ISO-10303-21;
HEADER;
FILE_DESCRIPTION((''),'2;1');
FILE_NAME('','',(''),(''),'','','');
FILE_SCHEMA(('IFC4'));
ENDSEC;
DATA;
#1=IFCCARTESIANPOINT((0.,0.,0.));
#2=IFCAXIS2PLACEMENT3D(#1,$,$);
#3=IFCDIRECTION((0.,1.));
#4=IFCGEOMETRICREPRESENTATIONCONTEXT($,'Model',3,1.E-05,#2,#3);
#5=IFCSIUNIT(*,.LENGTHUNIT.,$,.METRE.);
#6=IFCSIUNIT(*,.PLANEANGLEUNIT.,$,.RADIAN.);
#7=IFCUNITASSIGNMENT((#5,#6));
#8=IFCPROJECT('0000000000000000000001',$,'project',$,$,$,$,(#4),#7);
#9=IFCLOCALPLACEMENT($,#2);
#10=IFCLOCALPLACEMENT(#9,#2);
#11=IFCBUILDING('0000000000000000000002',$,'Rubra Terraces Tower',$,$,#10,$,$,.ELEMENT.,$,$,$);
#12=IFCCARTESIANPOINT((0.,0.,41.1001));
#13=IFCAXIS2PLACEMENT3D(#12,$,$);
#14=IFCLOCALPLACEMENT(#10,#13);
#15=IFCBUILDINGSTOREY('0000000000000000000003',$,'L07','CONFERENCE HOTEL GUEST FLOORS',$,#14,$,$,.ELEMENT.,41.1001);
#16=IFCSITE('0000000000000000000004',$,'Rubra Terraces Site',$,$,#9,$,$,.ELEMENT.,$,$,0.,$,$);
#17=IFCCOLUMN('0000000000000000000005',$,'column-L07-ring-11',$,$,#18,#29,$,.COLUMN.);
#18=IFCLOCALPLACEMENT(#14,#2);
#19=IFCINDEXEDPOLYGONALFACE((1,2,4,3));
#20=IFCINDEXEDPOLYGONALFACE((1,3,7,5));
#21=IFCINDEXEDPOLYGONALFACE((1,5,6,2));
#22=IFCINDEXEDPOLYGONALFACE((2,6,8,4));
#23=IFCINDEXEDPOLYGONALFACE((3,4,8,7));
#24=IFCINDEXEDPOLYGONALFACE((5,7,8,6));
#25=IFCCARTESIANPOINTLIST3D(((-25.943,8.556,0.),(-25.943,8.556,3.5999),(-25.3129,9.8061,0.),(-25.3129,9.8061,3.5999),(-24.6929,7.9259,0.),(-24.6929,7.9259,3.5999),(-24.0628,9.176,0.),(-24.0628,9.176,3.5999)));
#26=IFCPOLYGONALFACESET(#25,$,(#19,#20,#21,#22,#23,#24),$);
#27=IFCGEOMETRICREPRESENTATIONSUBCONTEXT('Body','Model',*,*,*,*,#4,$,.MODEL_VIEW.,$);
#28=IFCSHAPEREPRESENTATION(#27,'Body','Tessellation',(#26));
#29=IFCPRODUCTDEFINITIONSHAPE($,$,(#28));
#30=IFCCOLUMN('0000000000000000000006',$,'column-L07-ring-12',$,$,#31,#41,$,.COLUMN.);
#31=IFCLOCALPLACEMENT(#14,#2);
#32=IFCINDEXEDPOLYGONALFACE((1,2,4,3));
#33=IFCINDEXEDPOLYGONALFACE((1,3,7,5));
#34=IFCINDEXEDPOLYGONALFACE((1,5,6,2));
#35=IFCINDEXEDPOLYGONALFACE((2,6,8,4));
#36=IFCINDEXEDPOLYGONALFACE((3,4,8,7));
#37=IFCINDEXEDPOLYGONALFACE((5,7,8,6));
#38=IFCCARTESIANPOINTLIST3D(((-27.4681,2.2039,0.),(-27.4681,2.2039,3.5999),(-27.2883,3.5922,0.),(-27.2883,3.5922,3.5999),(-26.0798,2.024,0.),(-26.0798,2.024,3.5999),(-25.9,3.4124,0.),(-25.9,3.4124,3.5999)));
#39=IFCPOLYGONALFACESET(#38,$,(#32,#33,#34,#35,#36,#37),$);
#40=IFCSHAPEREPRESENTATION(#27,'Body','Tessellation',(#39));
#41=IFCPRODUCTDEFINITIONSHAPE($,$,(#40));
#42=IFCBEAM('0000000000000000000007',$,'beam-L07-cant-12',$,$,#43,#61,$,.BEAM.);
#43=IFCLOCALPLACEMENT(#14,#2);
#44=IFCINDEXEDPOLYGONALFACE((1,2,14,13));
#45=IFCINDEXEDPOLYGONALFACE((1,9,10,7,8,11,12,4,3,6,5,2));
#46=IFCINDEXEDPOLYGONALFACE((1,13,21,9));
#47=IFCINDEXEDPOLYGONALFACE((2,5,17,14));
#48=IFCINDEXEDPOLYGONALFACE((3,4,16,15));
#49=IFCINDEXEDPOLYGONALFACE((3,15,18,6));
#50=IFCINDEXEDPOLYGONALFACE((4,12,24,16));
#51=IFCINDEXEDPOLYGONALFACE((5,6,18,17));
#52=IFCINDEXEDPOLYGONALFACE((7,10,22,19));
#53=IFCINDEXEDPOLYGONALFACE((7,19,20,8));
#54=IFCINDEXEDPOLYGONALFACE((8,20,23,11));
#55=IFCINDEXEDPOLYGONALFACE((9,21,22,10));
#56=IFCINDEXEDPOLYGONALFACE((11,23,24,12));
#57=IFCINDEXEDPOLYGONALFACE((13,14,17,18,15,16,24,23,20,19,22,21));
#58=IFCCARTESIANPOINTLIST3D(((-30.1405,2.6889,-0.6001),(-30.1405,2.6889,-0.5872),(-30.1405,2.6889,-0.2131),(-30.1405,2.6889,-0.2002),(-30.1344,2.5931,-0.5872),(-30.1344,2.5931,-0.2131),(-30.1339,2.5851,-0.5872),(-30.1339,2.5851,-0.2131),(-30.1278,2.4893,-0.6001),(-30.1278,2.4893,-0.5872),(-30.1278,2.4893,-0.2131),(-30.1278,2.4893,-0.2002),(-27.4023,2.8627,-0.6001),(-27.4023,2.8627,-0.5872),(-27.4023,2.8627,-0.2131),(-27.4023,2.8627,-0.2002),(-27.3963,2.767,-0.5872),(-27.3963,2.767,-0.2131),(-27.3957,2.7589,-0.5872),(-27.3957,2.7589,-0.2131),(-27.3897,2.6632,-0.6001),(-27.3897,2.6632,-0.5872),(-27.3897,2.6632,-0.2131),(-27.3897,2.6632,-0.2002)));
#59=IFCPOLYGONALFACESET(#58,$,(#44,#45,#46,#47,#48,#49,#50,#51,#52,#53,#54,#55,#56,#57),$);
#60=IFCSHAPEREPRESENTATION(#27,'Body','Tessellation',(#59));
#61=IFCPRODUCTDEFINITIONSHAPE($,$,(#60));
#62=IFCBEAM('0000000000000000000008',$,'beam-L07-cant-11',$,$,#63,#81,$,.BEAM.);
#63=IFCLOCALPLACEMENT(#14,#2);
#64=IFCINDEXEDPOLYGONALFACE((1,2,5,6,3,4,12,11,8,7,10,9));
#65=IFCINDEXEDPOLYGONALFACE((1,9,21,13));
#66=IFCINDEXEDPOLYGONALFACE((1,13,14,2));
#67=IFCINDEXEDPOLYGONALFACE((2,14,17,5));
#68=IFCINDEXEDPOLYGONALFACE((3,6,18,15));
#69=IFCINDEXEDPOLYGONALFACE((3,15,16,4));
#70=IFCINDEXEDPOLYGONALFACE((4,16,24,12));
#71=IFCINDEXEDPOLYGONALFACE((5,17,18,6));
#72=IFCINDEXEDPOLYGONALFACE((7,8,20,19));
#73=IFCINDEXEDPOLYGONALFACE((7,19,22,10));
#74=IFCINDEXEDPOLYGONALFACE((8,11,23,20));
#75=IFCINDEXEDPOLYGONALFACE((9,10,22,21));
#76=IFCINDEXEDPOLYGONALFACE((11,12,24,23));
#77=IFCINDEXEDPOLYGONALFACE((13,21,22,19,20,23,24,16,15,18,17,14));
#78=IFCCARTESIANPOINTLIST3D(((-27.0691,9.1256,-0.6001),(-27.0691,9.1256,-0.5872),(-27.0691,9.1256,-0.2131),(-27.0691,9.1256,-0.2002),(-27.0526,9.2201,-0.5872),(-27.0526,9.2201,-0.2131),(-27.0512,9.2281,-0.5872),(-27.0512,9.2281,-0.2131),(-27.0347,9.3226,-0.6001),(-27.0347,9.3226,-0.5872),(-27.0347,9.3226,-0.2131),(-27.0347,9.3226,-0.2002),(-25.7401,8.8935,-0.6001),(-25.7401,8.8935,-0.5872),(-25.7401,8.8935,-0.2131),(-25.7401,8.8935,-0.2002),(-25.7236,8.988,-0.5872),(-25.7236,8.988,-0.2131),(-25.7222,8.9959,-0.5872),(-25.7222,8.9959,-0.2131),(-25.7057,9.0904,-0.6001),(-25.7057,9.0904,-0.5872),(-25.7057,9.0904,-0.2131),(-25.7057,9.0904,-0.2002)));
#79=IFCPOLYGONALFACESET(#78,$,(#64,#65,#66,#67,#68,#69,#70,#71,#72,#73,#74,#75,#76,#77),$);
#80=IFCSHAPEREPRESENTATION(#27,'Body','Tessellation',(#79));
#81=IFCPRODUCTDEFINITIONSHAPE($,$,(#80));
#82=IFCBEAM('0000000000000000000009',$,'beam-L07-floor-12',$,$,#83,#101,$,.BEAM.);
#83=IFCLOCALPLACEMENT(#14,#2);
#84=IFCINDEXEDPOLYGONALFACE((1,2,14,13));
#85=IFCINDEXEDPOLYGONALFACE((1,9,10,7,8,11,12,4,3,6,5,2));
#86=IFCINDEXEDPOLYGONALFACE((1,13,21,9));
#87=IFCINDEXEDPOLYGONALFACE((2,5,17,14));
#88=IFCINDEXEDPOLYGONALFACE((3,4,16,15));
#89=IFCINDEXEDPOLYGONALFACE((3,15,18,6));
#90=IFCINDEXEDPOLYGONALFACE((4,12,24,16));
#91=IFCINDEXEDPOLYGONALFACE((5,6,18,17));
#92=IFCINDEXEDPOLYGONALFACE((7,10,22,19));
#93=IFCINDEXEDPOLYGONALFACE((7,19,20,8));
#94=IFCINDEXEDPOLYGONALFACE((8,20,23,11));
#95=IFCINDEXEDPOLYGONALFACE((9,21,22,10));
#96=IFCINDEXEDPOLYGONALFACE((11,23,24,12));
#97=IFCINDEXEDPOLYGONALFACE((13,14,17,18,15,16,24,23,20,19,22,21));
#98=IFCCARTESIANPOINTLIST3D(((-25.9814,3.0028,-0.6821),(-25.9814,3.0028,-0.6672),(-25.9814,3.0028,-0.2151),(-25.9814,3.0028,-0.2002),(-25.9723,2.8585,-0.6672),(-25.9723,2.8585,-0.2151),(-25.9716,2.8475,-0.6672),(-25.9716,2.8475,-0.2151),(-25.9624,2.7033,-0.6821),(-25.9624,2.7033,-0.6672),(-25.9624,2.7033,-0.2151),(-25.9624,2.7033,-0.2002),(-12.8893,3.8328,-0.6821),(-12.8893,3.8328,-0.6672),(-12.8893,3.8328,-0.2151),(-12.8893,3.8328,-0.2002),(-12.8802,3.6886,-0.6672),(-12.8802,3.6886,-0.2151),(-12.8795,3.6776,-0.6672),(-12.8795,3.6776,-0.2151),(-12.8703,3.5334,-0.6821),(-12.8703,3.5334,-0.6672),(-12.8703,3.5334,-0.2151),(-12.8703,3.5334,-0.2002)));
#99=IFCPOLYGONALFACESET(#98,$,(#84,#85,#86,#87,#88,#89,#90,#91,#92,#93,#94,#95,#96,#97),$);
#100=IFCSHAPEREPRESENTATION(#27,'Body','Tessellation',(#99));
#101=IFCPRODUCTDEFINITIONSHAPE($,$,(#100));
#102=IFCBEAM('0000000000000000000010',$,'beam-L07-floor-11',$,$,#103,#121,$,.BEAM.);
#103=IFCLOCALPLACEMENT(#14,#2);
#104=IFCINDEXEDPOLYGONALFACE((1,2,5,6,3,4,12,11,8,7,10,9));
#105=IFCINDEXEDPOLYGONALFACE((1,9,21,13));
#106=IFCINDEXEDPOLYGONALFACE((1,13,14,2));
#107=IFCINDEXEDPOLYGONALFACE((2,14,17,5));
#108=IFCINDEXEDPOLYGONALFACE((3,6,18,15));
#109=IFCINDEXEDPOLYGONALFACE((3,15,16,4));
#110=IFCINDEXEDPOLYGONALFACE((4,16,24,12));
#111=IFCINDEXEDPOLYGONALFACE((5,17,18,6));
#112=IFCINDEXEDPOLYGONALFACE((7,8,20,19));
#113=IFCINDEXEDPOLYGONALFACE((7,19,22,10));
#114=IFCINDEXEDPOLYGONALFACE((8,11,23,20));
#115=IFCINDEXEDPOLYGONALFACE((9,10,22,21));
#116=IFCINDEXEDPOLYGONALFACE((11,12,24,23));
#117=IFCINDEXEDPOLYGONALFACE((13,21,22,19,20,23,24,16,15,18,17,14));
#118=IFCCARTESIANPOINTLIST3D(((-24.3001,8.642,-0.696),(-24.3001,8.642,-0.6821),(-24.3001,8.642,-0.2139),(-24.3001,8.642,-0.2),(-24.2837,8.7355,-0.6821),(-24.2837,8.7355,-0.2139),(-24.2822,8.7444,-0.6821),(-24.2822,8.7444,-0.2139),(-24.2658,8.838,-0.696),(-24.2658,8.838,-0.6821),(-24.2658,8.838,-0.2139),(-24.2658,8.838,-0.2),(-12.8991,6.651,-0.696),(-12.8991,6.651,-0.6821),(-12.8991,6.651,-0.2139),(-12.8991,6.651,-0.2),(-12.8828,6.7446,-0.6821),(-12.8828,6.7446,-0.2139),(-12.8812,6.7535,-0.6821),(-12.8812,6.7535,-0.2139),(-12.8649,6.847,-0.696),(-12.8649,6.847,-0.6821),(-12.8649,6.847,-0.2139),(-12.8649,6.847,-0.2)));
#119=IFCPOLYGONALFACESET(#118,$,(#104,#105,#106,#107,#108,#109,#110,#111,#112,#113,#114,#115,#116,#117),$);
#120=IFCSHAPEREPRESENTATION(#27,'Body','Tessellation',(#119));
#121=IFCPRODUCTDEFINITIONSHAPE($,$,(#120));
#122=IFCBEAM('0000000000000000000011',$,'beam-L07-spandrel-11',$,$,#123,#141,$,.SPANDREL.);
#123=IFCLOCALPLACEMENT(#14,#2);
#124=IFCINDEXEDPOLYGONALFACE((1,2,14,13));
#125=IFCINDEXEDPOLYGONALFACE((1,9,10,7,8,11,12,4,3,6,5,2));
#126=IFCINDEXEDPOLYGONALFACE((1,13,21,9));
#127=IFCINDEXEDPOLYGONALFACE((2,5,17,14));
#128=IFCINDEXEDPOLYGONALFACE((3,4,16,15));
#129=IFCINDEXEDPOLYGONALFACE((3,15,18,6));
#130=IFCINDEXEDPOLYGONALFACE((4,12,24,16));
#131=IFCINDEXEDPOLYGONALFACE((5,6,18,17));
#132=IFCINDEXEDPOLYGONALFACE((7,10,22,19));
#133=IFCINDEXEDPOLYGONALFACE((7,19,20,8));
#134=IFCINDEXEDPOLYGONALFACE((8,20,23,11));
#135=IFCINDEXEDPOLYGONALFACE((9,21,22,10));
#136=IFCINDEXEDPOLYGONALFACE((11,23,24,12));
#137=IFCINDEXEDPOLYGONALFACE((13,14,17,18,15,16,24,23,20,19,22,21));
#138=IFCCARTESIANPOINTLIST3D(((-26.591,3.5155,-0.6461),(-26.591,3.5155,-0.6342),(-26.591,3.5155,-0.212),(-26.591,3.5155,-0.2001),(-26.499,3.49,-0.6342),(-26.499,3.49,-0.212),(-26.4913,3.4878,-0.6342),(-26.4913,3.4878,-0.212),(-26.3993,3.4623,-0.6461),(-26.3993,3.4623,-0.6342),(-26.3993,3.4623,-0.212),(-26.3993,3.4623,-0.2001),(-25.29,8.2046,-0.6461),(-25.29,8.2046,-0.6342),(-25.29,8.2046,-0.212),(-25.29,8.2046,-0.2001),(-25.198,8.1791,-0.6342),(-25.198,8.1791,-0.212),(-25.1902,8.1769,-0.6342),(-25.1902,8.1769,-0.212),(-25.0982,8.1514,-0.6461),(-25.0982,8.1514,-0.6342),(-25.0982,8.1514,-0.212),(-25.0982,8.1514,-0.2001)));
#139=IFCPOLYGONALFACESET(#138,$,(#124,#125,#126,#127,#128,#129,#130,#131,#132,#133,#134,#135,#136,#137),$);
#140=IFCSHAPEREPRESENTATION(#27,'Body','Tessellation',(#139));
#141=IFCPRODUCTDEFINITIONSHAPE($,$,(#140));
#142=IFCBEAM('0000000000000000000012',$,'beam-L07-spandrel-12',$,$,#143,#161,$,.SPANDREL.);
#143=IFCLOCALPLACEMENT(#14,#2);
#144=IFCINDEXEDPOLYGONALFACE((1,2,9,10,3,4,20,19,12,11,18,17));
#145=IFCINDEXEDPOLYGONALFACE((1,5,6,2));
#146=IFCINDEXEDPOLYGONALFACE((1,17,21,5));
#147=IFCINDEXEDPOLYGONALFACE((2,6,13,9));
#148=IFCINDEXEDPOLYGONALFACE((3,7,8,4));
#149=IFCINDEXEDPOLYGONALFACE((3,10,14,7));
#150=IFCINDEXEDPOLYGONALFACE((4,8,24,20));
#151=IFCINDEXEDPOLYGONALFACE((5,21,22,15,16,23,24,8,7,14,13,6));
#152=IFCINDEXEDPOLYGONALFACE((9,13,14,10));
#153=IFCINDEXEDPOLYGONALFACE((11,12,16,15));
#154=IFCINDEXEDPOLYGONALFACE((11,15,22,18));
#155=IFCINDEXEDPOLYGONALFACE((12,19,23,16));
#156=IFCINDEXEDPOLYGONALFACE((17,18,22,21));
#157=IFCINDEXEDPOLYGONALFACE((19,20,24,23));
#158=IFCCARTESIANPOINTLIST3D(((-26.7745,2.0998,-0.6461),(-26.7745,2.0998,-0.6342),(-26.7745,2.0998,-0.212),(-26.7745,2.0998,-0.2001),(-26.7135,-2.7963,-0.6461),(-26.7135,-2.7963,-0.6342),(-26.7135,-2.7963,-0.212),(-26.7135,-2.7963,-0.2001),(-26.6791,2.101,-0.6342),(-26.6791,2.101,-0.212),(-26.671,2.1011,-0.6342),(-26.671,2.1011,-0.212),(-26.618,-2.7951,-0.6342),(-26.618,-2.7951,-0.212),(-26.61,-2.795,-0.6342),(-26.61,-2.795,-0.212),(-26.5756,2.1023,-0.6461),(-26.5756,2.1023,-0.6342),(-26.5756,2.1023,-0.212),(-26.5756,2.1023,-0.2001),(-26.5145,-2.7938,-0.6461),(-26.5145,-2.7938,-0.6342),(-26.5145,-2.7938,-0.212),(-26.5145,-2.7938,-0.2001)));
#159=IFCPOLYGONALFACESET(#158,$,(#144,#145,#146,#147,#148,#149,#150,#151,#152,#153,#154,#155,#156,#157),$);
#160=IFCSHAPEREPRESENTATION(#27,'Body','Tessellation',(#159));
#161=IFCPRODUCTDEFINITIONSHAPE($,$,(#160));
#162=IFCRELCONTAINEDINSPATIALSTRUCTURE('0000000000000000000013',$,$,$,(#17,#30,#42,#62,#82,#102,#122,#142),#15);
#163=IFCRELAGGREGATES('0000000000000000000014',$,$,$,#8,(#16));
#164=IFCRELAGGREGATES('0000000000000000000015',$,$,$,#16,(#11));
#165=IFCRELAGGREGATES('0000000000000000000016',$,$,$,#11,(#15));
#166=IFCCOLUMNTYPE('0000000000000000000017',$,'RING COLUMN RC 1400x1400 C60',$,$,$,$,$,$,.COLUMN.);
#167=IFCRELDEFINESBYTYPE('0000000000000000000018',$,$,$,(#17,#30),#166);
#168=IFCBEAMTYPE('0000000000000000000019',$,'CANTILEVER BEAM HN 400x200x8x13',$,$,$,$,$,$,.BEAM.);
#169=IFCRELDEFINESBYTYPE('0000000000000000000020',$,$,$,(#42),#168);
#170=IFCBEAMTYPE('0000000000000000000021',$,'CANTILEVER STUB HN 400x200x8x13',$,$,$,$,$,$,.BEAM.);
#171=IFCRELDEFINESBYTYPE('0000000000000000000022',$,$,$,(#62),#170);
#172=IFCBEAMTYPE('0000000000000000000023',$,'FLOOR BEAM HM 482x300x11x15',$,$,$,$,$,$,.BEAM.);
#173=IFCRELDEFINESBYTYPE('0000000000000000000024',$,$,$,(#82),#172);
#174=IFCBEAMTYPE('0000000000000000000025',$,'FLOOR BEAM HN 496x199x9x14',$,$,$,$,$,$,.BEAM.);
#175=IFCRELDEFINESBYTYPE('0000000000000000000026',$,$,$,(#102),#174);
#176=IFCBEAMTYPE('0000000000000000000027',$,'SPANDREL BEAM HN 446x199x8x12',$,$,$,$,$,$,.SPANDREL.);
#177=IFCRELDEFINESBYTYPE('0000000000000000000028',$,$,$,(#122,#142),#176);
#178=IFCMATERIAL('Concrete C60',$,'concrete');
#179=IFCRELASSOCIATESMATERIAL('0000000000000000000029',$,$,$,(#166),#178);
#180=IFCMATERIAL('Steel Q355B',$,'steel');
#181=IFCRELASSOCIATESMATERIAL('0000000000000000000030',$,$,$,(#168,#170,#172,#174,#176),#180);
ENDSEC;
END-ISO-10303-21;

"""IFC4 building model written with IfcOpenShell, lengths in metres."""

from ifc_helpers import new_model, si_unit, direction, frame, origin, origin_2d, place, context, subcontext, project, spatial, rectangle, i_section, extrude, material, material_profile, profile_set, type_object, element, save


model = new_model("IFC4")

# Units and contexts
model_context = context("Model", 3, precision=1e-05, world=origin(), true_north=direction((0.0, 1.0)))
body_context = subcontext(model_context, "Body", "Model", "MODEL_VIEW")
ifc_project = project(units=[si_unit("LENGTHUNIT", "METRE"), si_unit("PLANEANGLEUNIT", "RADIAN")], contexts=[model_context])

# Site, building, storey
site_placement = place(None, origin())
site = spatial("IfcSite", under=ifc_project, at=site_placement, Name="Rubra Terraces Site", CompositionType="ELEMENT", RefElevation=0.0)
building_placement = place(site_placement, origin())
building = spatial("IfcBuilding", under=site, at=building_placement, Name="Rubra Terraces Tower", CompositionType="ELEMENT")
storey_placement = place(building_placement, frame((0.0, 0.0, 41.1001)))
storey = spatial("IfcBuildingStorey", under=building, at=storey_placement, Name="L07", Description="CONFERENCE HOTEL GUEST FLOORS", CompositionType="ELEMENT", Elevation=41.1001)

# Columns
ifc_material_1 = material(Name="Concrete C60", Category="concrete")
ifc_material_profile_1 = material_profile(ifc_material_1, rectangle(XDim=1.3999, YDim=1.3999, at=origin_2d()), Name="RC 1400x1400")
ifc_profile_set_1 = profile_set([ifc_material_profile_1], Name="Concrete C60")
column_type = type_object("IfcColumnType", Name="RING COLUMN RC 1400x1400 C60", PredefinedType="COLUMN", material=ifc_profile_set_1)
for number, where, z_axis, x_axis, name in (
    (1, (-25.0029, 8.866, 0.0), (0.0, 0.0, 1.0), (-0.450099, -0.892979, 0.0), "column-L07-ring-11"),
    (2, (-26.6841, 2.8081, 0.0), (0.0, 0.0, 1.0), (-0.128445, -0.991717, 0.0), "column-L07-ring-12"),
):
    element("IfcColumn", number, at=place(storey_placement, frame(where, z_axis=z_axis, x_axis=x_axis)), inside=storey, type_object=column_type, Name=name, PredefinedType="COLUMN", context=body_context, shape_type="SweptSolid", body=[
        extrude(rectangle(XDim=1.3999, YDim=1.3999, at=origin_2d()), origin(), (0.0, 0.0, 1.0), 3.5999),
    ])

# Beams
ifc_material_2 = material(Name="Steel Q355B", Category="steel")
ifc_material_profile_2 = material_profile(ifc_material_2, i_section(OverallWidth=0.2, OverallDepth=0.3999, WebThickness=0.0081, FlangeThickness=0.0129, at=origin_2d()), Name="HN 400x200x8x13")
ifc_profile_set_2 = profile_set([ifc_material_profile_2], Name="Steel Q355B")
beam_type_1 = type_object("IfcBeamType", Name="CANTILEVER BEAM HN 400x200x8x13", PredefinedType="BEAM", material=ifc_profile_set_2)
beam_1_placement = place(storey_placement, frame((-27.396, 2.7629, -0.4001), z_axis=(-0.997991, -0.063359, 0.0), x_axis=(0.063359, -0.997991, 0.0)))
element("IfcBeam", 3, at=beam_1_placement, inside=storey, type_object=beam_type_1, Name="beam-L07-cant-12", PredefinedType="BEAM", context=body_context, shape_type="SweptSolid", body=[
    extrude(i_section(OverallWidth=0.2, OverallDepth=0.3999, WebThickness=0.0081, FlangeThickness=0.0129, at=origin_2d()), origin(), (0.0, 0.0, 1.0), 2.7437),
])
ifc_material_profile_3 = material_profile(ifc_material_2, i_section(OverallWidth=0.2, OverallDepth=0.3999, WebThickness=0.0081, FlangeThickness=0.0129, at=origin_2d()), Name="HN 400x200x8x13")
ifc_profile_set_3 = profile_set([ifc_material_profile_3], Name="Steel Q355B")
beam_type_2 = type_object("IfcBeamType", Name="CANTILEVER STUB HN 400x200x8x13", PredefinedType="BEAM", material=ifc_profile_set_3)
beam_2_placement = place(storey_placement, frame((-25.7229, 8.9919, -0.4001), z_axis=(-0.985083, 0.172082, 0.0), x_axis=(-0.172082, -0.985083, 0.0)))
element("IfcBeam", 4, at=beam_2_placement, inside=storey, type_object=beam_type_2, Name="beam-L07-cant-11", PredefinedType="BEAM", context=body_context, shape_type="SweptSolid", body=[
    extrude(i_section(OverallWidth=0.2, OverallDepth=0.3999, WebThickness=0.0081, FlangeThickness=0.0129, at=origin_2d()), origin(), (0.0, 0.0, 1.0), 1.3491),
])
ifc_material_profile_4 = material_profile(ifc_material_2, i_section(OverallWidth=0.3, OverallDepth=0.4819, WebThickness=0.011, FlangeThickness=0.0149, at=origin_2d()), Name="HM 482x300x11x15")
ifc_profile_set_4 = profile_set([ifc_material_profile_4], Name="Steel Q355B")
beam_type_3 = type_object("IfcBeamType", Name="FLOOR BEAM HM 482x300x11x15", PredefinedType="BEAM", material=ifc_profile_set_4)
beam_3_placement = place(storey_placement, frame((-25.9719, 2.853, -0.4412), z_axis=(0.997996, 0.063276, 0.0), x_axis=(-0.063276, 0.997996, 0.0)))
element("IfcBeam", 5, at=beam_3_placement, inside=storey, type_object=beam_type_3, Name="beam-L07-floor-12", PredefinedType="BEAM", context=body_context, shape_type="SweptSolid", body=[
    extrude(i_section(OverallWidth=0.3, OverallDepth=0.4819, WebThickness=0.011, FlangeThickness=0.0149, at=origin_2d()), origin(), (0.0, 0.0, 1.0), 13.1184),
])
ifc_material_profile_5 = material_profile(ifc_material_2, i_section(OverallWidth=0.199, OverallDepth=0.4961, WebThickness=0.009, FlangeThickness=0.0139, at=origin_2d()), Name="HN 496x199x9x14")
ifc_profile_set_5 = profile_set([ifc_material_profile_5], Name="Steel Q355B")
beam_type_4 = type_object("IfcBeamType", Name="FLOOR BEAM HN 496x199x9x14", PredefinedType="BEAM", material=ifc_profile_set_5)
beam_4_placement = place(storey_placement, frame((-24.283, 8.74, -0.448), z_axis=(0.985092, -0.172029, 0.0), x_axis=(0.172029, 0.985092, 0.0)))
element("IfcBeam", 6, at=beam_4_placement, inside=storey, type_object=beam_type_4, Name="beam-L07-floor-11", PredefinedType="BEAM", context=body_context, shape_type="SweptSolid", body=[
    extrude(i_section(OverallWidth=0.199, OverallDepth=0.4961, WebThickness=0.009, FlangeThickness=0.0139, at=origin_2d()), origin(), (0.0, 0.0, 1.0), 11.5735),
])
ifc_material_profile_6 = material_profile(ifc_material_2, i_section(OverallWidth=0.199, OverallDepth=0.446, WebThickness=0.0081, FlangeThickness=0.012, at=origin_2d()), Name="HN 446x199x8x12")
ifc_profile_set_6 = profile_set([ifc_material_profile_6], Name="Steel Q355B")
beam_type_5 = type_object("IfcBeamType", Name="SPANDREL BEAM HN 446x199x8x12", PredefinedType="SPANDREL", material=ifc_profile_set_6)
beam_5_placement = place(storey_placement, frame((-25.1941, 8.178, -0.4231), z_axis=(-0.267364, -0.963595, 0.0), x_axis=(0.963595, -0.267364, 0.0)))
element("IfcBeam", 7, at=beam_5_placement, inside=storey, type_object=beam_type_5, Name="beam-L07-spandrel-11", PredefinedType="SPANDREL", context=body_context, shape_type="SweptSolid", body=[
    extrude(i_section(OverallWidth=0.199, OverallDepth=0.446, WebThickness=0.0081, FlangeThickness=0.012, at=origin_2d()), origin(), (0.0, 0.0, 1.0), 4.8662),
])
beam_6_placement = place(storey_placement, frame((-26.675, 2.1011, -0.4231), z_axis=(0.012465, -0.999922, 0.0), x_axis=(0.999922, 0.012465, 0.0)))
element("IfcBeam", 8, at=beam_6_placement, inside=storey, type_object=beam_type_5, Name="beam-L07-spandrel-12", PredefinedType="SPANDREL", context=body_context, shape_type="SweptSolid", body=[
    extrude(i_section(OverallWidth=0.199, OverallDepth=0.446, WebThickness=0.0081, FlangeThickness=0.012, at=origin_2d()), origin(), (0.0, 0.0, 1.0), 4.8965),
])

save(model, "model.ifc")
